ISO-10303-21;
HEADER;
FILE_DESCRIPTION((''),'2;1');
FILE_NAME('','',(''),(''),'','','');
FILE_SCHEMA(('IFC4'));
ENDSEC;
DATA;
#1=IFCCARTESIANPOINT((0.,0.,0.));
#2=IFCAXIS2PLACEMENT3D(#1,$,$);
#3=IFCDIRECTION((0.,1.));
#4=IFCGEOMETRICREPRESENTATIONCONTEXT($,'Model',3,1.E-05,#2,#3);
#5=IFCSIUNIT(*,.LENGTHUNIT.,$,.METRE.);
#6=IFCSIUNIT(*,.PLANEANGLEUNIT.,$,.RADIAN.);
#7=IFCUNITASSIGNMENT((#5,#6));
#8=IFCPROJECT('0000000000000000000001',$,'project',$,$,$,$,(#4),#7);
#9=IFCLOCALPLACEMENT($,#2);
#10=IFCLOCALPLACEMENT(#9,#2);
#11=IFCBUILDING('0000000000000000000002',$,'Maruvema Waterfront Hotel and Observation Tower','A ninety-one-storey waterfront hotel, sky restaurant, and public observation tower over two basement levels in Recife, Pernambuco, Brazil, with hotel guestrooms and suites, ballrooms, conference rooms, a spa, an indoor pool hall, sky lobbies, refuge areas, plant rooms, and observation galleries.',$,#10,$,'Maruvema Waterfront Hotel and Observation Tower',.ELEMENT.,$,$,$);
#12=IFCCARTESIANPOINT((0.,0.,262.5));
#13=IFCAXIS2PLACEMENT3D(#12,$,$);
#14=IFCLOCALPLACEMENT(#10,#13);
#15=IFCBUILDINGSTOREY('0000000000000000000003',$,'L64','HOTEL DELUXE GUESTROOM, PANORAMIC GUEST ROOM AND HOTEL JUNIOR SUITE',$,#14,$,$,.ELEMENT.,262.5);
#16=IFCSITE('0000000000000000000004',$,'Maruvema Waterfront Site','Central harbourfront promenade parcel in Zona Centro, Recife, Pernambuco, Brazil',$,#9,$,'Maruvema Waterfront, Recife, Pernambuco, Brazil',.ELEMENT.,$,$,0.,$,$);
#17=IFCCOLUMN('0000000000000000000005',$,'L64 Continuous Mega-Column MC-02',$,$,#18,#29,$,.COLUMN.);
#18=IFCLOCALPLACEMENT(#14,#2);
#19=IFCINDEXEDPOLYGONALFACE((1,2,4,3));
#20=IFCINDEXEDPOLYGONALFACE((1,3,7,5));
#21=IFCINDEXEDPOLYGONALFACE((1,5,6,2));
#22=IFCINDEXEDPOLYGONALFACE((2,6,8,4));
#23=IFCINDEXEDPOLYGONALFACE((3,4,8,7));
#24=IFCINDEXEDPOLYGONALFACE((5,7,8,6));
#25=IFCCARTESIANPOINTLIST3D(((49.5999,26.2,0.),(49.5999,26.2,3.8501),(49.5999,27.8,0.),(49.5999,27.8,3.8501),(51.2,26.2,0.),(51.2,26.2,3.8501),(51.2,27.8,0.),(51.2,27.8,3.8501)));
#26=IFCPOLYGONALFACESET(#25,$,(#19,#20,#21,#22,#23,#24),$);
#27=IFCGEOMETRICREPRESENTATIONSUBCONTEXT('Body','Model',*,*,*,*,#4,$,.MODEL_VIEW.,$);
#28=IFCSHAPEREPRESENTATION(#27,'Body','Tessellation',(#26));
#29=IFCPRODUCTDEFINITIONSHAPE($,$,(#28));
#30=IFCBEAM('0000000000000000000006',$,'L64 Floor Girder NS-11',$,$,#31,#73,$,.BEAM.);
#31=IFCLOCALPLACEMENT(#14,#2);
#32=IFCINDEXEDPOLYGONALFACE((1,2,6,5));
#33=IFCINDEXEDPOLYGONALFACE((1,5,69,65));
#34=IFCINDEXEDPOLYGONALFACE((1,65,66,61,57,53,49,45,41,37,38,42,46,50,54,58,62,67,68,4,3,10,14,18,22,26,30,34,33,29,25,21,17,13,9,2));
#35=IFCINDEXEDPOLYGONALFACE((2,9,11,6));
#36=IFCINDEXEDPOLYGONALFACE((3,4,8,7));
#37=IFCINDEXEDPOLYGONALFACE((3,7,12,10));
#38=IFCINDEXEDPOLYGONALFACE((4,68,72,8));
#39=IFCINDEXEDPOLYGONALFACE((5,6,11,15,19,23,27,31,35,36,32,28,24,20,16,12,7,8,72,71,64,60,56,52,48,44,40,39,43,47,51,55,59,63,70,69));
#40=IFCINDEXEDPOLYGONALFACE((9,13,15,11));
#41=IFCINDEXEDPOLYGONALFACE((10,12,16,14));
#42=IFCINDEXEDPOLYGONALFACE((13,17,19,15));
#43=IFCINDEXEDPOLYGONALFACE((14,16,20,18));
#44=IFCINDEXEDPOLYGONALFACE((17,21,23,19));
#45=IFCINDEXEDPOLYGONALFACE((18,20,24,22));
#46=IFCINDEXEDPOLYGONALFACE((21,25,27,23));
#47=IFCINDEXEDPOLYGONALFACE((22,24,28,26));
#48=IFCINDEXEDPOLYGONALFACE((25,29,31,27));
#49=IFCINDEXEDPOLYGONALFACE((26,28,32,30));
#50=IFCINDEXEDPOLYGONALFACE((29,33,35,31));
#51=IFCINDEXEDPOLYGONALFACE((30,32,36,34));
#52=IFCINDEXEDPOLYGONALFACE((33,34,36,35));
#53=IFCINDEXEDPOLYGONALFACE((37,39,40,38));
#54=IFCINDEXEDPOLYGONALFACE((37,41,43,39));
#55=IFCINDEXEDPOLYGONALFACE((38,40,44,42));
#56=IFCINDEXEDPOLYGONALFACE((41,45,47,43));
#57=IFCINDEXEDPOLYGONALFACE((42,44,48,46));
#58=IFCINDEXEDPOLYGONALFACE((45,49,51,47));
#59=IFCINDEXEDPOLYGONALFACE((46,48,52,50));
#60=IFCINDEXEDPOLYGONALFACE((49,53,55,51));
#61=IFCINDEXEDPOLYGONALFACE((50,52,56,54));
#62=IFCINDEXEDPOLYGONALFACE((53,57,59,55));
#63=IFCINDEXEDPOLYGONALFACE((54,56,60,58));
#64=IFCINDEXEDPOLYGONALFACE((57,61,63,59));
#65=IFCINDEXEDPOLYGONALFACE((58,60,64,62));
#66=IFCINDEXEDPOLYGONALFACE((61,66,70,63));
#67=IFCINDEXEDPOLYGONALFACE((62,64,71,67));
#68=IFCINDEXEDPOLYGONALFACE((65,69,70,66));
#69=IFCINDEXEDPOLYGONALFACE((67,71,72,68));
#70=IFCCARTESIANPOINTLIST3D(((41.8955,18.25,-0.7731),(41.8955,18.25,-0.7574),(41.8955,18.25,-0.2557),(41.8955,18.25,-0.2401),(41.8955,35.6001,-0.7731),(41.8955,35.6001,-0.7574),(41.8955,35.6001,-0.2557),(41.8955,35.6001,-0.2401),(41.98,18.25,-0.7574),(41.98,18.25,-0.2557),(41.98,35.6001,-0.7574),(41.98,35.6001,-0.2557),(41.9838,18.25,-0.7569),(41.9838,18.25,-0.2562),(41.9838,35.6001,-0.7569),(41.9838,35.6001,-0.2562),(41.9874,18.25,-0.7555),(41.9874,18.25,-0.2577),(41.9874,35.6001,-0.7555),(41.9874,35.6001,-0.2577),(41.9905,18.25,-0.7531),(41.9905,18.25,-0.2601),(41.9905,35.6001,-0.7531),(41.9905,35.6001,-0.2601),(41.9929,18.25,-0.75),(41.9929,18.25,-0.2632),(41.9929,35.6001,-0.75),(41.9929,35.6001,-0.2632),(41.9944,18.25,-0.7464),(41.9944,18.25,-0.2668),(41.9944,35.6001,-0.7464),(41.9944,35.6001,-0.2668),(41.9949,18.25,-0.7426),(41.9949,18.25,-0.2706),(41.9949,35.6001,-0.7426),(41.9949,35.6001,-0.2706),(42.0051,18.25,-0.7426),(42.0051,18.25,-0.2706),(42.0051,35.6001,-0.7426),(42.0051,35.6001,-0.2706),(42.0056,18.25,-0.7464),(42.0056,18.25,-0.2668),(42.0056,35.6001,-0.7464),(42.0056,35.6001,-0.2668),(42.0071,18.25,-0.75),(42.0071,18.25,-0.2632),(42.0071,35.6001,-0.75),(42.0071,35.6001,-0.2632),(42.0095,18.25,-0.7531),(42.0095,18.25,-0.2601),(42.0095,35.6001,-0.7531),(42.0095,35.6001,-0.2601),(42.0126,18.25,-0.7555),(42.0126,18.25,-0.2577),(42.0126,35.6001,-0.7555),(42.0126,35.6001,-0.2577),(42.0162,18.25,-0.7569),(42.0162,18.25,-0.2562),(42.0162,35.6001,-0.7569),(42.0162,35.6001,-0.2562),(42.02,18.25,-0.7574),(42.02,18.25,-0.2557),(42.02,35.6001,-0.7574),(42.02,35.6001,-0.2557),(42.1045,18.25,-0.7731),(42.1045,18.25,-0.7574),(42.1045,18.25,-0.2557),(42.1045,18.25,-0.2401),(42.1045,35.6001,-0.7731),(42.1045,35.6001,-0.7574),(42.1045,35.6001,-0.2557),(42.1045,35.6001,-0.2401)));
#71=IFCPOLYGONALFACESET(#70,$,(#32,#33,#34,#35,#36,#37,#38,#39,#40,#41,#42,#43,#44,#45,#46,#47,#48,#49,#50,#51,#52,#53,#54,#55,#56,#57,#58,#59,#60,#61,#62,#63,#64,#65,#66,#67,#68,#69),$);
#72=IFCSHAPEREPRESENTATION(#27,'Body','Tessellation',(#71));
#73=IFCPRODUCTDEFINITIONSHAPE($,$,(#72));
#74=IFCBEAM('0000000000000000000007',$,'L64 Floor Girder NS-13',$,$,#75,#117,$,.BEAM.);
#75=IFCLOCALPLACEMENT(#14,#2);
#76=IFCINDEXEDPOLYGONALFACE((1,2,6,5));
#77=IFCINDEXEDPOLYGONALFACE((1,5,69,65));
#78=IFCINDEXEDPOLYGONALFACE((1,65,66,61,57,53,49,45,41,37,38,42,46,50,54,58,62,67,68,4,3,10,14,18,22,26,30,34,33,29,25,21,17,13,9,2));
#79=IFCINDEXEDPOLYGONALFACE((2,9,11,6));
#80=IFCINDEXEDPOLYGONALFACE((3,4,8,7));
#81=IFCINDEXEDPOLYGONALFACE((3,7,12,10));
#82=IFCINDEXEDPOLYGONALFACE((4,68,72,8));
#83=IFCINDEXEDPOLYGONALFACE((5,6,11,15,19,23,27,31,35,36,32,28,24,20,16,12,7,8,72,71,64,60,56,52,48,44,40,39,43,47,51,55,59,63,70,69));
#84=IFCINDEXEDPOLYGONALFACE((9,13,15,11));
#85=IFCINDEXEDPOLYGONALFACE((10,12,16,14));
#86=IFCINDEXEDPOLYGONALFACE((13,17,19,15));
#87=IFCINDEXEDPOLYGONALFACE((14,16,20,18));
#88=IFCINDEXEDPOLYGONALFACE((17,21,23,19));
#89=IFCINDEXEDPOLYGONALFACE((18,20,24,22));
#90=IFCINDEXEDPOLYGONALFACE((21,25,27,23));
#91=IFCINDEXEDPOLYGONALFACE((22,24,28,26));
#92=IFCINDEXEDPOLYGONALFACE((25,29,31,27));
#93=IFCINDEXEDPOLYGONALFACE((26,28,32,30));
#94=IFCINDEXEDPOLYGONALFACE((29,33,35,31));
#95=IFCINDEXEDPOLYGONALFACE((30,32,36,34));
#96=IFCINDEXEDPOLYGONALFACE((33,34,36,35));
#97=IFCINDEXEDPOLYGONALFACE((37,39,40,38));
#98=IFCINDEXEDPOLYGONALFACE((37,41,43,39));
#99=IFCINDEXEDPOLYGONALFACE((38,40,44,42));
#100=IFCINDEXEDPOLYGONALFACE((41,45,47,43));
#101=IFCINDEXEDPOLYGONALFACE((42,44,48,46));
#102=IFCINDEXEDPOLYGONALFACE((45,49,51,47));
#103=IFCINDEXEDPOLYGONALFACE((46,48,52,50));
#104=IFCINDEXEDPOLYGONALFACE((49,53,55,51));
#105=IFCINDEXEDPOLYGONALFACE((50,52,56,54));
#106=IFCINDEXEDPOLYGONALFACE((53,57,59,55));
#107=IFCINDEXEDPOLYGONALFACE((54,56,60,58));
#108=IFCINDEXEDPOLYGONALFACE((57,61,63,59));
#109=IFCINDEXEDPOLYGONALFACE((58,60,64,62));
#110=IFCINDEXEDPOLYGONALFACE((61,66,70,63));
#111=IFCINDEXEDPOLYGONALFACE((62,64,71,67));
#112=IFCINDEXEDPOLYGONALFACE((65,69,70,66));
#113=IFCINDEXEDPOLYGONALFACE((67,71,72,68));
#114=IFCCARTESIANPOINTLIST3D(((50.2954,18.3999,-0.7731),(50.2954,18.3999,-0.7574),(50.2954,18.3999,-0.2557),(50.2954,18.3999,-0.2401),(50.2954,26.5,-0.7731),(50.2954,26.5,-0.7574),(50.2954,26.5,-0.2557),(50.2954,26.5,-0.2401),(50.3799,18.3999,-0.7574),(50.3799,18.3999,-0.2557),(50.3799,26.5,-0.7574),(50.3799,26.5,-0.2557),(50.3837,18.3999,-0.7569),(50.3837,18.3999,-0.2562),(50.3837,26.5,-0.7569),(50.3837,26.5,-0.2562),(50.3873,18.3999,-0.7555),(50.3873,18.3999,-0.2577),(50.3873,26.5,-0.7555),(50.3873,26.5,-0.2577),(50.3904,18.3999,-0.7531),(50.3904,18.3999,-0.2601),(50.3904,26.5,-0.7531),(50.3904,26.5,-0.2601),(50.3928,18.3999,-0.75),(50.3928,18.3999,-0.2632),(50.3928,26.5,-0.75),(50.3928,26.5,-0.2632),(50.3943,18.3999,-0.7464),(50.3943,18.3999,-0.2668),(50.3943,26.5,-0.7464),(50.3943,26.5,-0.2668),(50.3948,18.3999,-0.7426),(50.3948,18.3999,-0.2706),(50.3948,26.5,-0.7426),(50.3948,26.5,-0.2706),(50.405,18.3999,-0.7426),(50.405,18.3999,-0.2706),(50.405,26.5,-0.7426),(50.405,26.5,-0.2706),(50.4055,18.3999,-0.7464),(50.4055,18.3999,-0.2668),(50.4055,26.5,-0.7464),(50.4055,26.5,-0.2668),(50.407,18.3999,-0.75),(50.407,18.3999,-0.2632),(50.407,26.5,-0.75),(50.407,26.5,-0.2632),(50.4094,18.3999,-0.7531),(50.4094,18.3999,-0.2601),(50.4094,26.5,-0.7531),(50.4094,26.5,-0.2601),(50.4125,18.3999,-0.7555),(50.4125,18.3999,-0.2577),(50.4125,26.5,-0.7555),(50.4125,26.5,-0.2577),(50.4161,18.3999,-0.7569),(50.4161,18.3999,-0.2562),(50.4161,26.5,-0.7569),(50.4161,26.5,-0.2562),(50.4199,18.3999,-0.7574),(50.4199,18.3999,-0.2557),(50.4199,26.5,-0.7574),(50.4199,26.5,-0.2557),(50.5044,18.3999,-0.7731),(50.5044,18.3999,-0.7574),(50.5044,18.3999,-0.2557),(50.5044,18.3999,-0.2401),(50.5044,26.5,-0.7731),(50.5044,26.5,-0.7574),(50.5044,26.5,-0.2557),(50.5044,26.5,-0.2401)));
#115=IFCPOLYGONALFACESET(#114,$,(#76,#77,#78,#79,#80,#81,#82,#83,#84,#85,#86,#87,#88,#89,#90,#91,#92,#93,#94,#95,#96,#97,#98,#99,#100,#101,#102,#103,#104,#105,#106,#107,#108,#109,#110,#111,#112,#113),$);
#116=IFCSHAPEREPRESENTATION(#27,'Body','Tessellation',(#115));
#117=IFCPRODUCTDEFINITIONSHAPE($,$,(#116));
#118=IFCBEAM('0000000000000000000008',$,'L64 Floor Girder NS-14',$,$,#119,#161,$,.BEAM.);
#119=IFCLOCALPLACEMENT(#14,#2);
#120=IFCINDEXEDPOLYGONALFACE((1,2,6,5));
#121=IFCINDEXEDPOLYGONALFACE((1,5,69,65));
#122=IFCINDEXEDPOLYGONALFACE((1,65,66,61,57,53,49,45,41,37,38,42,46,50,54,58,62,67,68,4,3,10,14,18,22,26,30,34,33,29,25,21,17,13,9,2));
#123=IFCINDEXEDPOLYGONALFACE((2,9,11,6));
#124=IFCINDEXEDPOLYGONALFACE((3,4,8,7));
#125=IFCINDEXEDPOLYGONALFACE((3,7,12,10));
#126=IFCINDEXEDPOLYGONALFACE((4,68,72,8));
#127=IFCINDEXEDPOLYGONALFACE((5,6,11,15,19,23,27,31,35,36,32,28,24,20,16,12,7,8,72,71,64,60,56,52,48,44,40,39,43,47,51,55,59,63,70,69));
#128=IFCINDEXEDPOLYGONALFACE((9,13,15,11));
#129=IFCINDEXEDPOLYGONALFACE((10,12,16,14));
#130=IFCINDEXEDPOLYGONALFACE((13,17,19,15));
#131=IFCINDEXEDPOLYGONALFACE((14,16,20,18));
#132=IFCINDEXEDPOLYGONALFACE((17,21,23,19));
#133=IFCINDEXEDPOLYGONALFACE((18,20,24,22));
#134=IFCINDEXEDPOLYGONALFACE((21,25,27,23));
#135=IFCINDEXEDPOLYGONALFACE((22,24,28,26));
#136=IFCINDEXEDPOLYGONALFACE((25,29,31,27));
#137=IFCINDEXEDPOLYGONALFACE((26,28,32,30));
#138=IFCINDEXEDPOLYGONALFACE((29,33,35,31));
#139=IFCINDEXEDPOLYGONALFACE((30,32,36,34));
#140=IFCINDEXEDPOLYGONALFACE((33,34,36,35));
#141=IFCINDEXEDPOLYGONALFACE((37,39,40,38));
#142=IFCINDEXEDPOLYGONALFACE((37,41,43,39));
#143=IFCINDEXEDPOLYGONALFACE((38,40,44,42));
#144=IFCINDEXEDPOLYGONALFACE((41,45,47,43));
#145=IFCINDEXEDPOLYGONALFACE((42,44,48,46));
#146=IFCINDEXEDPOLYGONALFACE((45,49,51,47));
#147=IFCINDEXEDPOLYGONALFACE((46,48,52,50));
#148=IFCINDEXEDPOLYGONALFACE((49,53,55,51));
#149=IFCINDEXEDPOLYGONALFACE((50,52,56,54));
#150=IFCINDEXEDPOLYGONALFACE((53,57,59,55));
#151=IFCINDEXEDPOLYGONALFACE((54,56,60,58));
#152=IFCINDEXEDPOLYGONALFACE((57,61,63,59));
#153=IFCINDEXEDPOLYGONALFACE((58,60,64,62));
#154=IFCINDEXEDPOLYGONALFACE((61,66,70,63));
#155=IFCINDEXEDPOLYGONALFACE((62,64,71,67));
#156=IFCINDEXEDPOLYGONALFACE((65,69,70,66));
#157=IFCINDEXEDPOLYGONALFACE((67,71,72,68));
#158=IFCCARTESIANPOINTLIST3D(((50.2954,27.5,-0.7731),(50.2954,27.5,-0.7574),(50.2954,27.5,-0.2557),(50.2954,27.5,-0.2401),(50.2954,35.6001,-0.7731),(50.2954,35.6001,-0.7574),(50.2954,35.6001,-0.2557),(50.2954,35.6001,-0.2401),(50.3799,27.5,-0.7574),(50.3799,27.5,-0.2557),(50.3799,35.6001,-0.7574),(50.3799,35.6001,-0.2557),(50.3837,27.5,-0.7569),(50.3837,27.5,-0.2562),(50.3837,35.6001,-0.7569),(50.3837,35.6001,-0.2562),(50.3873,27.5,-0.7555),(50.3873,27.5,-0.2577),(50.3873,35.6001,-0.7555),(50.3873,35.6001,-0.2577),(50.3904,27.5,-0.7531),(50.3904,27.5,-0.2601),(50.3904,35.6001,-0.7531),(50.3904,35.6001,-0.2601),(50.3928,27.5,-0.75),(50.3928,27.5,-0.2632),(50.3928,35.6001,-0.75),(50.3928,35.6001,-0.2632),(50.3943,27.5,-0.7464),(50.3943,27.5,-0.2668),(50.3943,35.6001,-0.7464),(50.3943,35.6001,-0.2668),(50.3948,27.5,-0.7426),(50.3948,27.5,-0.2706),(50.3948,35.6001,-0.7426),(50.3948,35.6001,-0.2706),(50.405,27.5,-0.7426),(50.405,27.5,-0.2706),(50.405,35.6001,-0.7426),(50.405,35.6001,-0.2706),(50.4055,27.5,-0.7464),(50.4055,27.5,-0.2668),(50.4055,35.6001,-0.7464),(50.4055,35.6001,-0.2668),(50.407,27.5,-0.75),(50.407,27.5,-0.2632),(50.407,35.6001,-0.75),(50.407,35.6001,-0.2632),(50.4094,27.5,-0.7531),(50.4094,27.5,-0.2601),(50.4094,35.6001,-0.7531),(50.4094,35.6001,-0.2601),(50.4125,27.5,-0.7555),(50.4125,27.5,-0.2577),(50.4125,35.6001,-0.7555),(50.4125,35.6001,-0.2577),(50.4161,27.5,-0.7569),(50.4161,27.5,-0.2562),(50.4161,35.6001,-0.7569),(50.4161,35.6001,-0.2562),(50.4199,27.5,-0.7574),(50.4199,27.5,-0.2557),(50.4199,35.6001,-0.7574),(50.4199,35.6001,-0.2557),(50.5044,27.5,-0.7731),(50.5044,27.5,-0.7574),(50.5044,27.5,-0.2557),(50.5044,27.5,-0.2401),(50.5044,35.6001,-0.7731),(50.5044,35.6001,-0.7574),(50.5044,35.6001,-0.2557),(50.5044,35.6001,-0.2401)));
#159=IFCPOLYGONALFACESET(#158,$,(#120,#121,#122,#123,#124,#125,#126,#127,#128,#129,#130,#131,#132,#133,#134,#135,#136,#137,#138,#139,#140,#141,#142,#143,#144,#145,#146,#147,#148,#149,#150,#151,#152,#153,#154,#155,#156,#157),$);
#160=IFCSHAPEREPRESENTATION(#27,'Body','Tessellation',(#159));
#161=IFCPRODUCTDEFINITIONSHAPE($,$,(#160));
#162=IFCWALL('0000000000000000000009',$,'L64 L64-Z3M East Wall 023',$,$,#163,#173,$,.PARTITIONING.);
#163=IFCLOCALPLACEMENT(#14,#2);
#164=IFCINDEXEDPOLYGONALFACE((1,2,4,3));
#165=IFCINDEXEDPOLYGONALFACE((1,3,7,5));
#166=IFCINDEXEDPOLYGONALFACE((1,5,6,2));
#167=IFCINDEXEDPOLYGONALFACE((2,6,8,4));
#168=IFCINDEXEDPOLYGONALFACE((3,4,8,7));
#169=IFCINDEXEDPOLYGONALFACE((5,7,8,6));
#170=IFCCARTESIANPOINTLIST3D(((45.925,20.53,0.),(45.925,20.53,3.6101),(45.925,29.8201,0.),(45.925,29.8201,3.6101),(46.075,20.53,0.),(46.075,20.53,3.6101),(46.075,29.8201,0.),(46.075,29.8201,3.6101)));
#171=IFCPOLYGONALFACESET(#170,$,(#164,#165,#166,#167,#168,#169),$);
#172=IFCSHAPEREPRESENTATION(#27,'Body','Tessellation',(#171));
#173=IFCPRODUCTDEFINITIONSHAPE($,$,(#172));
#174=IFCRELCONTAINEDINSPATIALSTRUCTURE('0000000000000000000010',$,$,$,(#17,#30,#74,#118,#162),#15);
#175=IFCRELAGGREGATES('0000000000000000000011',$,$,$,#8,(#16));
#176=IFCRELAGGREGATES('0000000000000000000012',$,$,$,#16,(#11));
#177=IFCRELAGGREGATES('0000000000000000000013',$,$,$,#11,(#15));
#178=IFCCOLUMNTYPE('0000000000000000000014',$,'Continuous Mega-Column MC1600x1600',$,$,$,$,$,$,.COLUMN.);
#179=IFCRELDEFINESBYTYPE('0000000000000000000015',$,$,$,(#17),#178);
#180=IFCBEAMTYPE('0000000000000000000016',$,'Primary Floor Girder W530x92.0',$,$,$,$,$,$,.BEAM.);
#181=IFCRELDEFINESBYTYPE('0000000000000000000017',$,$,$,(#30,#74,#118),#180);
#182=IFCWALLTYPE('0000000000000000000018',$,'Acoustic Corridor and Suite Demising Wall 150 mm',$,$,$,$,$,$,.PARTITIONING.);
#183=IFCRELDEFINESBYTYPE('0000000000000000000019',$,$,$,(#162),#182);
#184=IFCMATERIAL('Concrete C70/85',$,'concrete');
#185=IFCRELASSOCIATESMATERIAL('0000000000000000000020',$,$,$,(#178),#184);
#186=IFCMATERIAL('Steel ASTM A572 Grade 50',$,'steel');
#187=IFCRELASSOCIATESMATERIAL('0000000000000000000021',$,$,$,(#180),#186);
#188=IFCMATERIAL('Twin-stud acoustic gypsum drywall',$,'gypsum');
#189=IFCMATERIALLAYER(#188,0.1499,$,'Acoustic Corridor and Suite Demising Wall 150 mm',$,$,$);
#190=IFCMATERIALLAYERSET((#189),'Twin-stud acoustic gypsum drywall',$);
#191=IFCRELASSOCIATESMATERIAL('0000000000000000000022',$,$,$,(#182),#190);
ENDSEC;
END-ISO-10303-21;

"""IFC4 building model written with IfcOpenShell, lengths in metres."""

from ifc_helpers import new_model, si_unit, direction, frame, frame_2d, origin, origin_2d, place, context, subcontext, project, spatial, rectangle, i_section, extrude, material, layer, layer_set, material_profile, profile_set, type_object, element, save


model = new_model("IFC4")

# Units and contexts
model_context = context("Model", 3, precision=1e-05, world=origin(), true_north=direction((0.0, 1.0)))
body_context = subcontext(model_context, "Body", "Model", "MODEL_VIEW")
ifc_project = project(units=[si_unit("LENGTHUNIT", "METRE"), si_unit("PLANEANGLEUNIT", "RADIAN")], contexts=[model_context])

# Site, building, storey
site_placement = place(None, origin())
site = spatial("IfcSite", under=ifc_project, at=site_placement, Name="Maruvema Waterfront Site", Description="Central harbourfront promenade parcel in Zona Centro, Recife, Pernambuco, Brazil", LongName="Maruvema Waterfront, Recife, Pernambuco, Brazil", CompositionType="ELEMENT", RefElevation=0.0)
building_placement = place(site_placement, origin())
building = spatial("IfcBuilding", under=site, at=building_placement, Name="Maruvema Waterfront Hotel and Observation Tower", Description="A ninety-one-storey waterfront hotel, sky restaurant, and public observation tower over two basement levels in Recife, Pernambuco, Brazil, with hotel guestrooms and suites, ballrooms, conference rooms, a spa, an indoor pool hall, sky lobbies, refuge areas, plant rooms, and observation galleries.", LongName="Maruvema Waterfront Hotel and Observation Tower", CompositionType="ELEMENT")
storey_placement = place(building_placement, frame((0.0, 0.0, 262.5)))
storey = spatial("IfcBuildingStorey", under=building, at=storey_placement, Name="L64", Description="HOTEL DELUXE GUESTROOM, PANORAMIC GUEST ROOM AND HOTEL JUNIOR SUITE", CompositionType="ELEMENT", Elevation=262.5)

# Column
ifc_material_1 = material(Name="Concrete C70/85", Category="concrete")
ifc_material_profile_1 = material_profile(ifc_material_1, rectangle(XDim=1.6001, YDim=1.6001, at=origin_2d()), Name="MC1600x1600")
ifc_profile_set_1 = profile_set([ifc_material_profile_1], Name="Concrete C70/85")
column_type = type_object("IfcColumnType", Name="Continuous Mega-Column MC1600x1600", PredefinedType="COLUMN", material=ifc_profile_set_1)
column_placement = place(storey_placement, frame((50.3999, 27.0, 0.0), z_axis=(0.0, 0.0, 1.0), x_axis=(1.0, 0.0, 0.0)))
element("IfcColumn", 1, at=column_placement, inside=storey, type_object=column_type, Name="L64 Continuous Mega-Column MC-02", PredefinedType="COLUMN", context=body_context, shape_type="SweptSolid", body=[
    extrude(rectangle(XDim=1.6001, YDim=1.6001, at=origin_2d()), origin(), (0.0, 0.0, 1.0), 3.8501),
])

# Beams
ifc_material_2 = material(Name="Steel ASTM A572 Grade 50", Category="steel")
ifc_material_profile_2 = material_profile(ifc_material_2, i_section(OverallWidth=0.209, OverallDepth=0.533, WebThickness=0.0103, FlangeThickness=0.0156, FilletRadius=0.0149, at=origin_2d()), Name="W530x92.0")
ifc_profile_set_2 = profile_set([ifc_material_profile_2], Name="Steel ASTM A572 Grade 50")
beam_type = type_object("IfcBeamType", Name="Primary Floor Girder W530x92.0", PredefinedType="BEAM", material=ifc_profile_set_2)
beam_placement = place(storey_placement, frame((42.0, 18.25, -0.5066), z_axis=(0.0, 1.0, 0.0), x_axis=(-1.0, 0.0, 0.0)))
element("IfcBeam", 2, at=beam_placement, inside=storey, type_object=beam_type, Name="L64 Floor Girder NS-11", PredefinedType="BEAM", context=body_context, shape_type="SweptSolid", body=[
    extrude(i_section(OverallWidth=0.209, OverallDepth=0.533, WebThickness=0.0103, FlangeThickness=0.0156, FilletRadius=0.0149, at=origin_2d()), origin(), (0.0, 0.0, 1.0), 17.3501),
])
for number, where, z_axis, x_axis, name in (
    (3, (50.3999, 18.3999, -0.5066), (0.0, 1.0, 0.0), (-1.0, 0.0, 0.0), "L64 Floor Girder NS-13"),
    (4, (50.3999, 27.5, -0.5066), (0.0, 1.0, 0.0), (-1.0, 0.0, 0.0), "L64 Floor Girder NS-14"),
):
    element("IfcBeam", number, at=place(storey_placement, frame(where, z_axis=z_axis, x_axis=x_axis)), inside=storey, type_object=beam_type, Name=name, PredefinedType="BEAM", context=body_context, shape_type="SweptSolid", body=[
        extrude(i_section(OverallWidth=0.209, OverallDepth=0.533, WebThickness=0.0103, FlangeThickness=0.0156, FilletRadius=0.0149, at=origin_2d()), origin(), (0.0, 0.0, 1.0), 8.1001),
    ])

# Wall
ifc_material_3 = material(Name="Twin-stud acoustic gypsum drywall", Category="gypsum")
ifc_layer_1 = layer(ifc_material_3, 0.1499, Name="Acoustic Corridor and Suite Demising Wall 150 mm")
ifc_layer_set_1 = layer_set([ifc_layer_1], Name="Twin-stud acoustic gypsum drywall")
wall_type_1 = type_object("IfcWallType", Name="Acoustic Corridor and Suite Demising Wall 150 mm", PredefinedType="PARTITIONING", material=ifc_layer_set_1)
wall_1_placement = place(storey_placement, frame((46.0, 20.53, 0.0), z_axis=(0.0, 0.0, 1.0), x_axis=(0.0, 1.0, 0.0)))
element("IfcWall", 5, at=wall_1_placement, inside=storey, type_object=wall_type_1, Name="L64 L64-Z3M East Wall 023", PredefinedType="PARTITIONING", context=body_context, shape_type="SweptSolid", body=[
    extrude(rectangle(XDim=9.29, YDim=0.1499, at=frame_2d((4.645, 0.0))), origin(), (0.0, 0.0, 1.0), 3.6101),
])

save(model, "model.ifc")
